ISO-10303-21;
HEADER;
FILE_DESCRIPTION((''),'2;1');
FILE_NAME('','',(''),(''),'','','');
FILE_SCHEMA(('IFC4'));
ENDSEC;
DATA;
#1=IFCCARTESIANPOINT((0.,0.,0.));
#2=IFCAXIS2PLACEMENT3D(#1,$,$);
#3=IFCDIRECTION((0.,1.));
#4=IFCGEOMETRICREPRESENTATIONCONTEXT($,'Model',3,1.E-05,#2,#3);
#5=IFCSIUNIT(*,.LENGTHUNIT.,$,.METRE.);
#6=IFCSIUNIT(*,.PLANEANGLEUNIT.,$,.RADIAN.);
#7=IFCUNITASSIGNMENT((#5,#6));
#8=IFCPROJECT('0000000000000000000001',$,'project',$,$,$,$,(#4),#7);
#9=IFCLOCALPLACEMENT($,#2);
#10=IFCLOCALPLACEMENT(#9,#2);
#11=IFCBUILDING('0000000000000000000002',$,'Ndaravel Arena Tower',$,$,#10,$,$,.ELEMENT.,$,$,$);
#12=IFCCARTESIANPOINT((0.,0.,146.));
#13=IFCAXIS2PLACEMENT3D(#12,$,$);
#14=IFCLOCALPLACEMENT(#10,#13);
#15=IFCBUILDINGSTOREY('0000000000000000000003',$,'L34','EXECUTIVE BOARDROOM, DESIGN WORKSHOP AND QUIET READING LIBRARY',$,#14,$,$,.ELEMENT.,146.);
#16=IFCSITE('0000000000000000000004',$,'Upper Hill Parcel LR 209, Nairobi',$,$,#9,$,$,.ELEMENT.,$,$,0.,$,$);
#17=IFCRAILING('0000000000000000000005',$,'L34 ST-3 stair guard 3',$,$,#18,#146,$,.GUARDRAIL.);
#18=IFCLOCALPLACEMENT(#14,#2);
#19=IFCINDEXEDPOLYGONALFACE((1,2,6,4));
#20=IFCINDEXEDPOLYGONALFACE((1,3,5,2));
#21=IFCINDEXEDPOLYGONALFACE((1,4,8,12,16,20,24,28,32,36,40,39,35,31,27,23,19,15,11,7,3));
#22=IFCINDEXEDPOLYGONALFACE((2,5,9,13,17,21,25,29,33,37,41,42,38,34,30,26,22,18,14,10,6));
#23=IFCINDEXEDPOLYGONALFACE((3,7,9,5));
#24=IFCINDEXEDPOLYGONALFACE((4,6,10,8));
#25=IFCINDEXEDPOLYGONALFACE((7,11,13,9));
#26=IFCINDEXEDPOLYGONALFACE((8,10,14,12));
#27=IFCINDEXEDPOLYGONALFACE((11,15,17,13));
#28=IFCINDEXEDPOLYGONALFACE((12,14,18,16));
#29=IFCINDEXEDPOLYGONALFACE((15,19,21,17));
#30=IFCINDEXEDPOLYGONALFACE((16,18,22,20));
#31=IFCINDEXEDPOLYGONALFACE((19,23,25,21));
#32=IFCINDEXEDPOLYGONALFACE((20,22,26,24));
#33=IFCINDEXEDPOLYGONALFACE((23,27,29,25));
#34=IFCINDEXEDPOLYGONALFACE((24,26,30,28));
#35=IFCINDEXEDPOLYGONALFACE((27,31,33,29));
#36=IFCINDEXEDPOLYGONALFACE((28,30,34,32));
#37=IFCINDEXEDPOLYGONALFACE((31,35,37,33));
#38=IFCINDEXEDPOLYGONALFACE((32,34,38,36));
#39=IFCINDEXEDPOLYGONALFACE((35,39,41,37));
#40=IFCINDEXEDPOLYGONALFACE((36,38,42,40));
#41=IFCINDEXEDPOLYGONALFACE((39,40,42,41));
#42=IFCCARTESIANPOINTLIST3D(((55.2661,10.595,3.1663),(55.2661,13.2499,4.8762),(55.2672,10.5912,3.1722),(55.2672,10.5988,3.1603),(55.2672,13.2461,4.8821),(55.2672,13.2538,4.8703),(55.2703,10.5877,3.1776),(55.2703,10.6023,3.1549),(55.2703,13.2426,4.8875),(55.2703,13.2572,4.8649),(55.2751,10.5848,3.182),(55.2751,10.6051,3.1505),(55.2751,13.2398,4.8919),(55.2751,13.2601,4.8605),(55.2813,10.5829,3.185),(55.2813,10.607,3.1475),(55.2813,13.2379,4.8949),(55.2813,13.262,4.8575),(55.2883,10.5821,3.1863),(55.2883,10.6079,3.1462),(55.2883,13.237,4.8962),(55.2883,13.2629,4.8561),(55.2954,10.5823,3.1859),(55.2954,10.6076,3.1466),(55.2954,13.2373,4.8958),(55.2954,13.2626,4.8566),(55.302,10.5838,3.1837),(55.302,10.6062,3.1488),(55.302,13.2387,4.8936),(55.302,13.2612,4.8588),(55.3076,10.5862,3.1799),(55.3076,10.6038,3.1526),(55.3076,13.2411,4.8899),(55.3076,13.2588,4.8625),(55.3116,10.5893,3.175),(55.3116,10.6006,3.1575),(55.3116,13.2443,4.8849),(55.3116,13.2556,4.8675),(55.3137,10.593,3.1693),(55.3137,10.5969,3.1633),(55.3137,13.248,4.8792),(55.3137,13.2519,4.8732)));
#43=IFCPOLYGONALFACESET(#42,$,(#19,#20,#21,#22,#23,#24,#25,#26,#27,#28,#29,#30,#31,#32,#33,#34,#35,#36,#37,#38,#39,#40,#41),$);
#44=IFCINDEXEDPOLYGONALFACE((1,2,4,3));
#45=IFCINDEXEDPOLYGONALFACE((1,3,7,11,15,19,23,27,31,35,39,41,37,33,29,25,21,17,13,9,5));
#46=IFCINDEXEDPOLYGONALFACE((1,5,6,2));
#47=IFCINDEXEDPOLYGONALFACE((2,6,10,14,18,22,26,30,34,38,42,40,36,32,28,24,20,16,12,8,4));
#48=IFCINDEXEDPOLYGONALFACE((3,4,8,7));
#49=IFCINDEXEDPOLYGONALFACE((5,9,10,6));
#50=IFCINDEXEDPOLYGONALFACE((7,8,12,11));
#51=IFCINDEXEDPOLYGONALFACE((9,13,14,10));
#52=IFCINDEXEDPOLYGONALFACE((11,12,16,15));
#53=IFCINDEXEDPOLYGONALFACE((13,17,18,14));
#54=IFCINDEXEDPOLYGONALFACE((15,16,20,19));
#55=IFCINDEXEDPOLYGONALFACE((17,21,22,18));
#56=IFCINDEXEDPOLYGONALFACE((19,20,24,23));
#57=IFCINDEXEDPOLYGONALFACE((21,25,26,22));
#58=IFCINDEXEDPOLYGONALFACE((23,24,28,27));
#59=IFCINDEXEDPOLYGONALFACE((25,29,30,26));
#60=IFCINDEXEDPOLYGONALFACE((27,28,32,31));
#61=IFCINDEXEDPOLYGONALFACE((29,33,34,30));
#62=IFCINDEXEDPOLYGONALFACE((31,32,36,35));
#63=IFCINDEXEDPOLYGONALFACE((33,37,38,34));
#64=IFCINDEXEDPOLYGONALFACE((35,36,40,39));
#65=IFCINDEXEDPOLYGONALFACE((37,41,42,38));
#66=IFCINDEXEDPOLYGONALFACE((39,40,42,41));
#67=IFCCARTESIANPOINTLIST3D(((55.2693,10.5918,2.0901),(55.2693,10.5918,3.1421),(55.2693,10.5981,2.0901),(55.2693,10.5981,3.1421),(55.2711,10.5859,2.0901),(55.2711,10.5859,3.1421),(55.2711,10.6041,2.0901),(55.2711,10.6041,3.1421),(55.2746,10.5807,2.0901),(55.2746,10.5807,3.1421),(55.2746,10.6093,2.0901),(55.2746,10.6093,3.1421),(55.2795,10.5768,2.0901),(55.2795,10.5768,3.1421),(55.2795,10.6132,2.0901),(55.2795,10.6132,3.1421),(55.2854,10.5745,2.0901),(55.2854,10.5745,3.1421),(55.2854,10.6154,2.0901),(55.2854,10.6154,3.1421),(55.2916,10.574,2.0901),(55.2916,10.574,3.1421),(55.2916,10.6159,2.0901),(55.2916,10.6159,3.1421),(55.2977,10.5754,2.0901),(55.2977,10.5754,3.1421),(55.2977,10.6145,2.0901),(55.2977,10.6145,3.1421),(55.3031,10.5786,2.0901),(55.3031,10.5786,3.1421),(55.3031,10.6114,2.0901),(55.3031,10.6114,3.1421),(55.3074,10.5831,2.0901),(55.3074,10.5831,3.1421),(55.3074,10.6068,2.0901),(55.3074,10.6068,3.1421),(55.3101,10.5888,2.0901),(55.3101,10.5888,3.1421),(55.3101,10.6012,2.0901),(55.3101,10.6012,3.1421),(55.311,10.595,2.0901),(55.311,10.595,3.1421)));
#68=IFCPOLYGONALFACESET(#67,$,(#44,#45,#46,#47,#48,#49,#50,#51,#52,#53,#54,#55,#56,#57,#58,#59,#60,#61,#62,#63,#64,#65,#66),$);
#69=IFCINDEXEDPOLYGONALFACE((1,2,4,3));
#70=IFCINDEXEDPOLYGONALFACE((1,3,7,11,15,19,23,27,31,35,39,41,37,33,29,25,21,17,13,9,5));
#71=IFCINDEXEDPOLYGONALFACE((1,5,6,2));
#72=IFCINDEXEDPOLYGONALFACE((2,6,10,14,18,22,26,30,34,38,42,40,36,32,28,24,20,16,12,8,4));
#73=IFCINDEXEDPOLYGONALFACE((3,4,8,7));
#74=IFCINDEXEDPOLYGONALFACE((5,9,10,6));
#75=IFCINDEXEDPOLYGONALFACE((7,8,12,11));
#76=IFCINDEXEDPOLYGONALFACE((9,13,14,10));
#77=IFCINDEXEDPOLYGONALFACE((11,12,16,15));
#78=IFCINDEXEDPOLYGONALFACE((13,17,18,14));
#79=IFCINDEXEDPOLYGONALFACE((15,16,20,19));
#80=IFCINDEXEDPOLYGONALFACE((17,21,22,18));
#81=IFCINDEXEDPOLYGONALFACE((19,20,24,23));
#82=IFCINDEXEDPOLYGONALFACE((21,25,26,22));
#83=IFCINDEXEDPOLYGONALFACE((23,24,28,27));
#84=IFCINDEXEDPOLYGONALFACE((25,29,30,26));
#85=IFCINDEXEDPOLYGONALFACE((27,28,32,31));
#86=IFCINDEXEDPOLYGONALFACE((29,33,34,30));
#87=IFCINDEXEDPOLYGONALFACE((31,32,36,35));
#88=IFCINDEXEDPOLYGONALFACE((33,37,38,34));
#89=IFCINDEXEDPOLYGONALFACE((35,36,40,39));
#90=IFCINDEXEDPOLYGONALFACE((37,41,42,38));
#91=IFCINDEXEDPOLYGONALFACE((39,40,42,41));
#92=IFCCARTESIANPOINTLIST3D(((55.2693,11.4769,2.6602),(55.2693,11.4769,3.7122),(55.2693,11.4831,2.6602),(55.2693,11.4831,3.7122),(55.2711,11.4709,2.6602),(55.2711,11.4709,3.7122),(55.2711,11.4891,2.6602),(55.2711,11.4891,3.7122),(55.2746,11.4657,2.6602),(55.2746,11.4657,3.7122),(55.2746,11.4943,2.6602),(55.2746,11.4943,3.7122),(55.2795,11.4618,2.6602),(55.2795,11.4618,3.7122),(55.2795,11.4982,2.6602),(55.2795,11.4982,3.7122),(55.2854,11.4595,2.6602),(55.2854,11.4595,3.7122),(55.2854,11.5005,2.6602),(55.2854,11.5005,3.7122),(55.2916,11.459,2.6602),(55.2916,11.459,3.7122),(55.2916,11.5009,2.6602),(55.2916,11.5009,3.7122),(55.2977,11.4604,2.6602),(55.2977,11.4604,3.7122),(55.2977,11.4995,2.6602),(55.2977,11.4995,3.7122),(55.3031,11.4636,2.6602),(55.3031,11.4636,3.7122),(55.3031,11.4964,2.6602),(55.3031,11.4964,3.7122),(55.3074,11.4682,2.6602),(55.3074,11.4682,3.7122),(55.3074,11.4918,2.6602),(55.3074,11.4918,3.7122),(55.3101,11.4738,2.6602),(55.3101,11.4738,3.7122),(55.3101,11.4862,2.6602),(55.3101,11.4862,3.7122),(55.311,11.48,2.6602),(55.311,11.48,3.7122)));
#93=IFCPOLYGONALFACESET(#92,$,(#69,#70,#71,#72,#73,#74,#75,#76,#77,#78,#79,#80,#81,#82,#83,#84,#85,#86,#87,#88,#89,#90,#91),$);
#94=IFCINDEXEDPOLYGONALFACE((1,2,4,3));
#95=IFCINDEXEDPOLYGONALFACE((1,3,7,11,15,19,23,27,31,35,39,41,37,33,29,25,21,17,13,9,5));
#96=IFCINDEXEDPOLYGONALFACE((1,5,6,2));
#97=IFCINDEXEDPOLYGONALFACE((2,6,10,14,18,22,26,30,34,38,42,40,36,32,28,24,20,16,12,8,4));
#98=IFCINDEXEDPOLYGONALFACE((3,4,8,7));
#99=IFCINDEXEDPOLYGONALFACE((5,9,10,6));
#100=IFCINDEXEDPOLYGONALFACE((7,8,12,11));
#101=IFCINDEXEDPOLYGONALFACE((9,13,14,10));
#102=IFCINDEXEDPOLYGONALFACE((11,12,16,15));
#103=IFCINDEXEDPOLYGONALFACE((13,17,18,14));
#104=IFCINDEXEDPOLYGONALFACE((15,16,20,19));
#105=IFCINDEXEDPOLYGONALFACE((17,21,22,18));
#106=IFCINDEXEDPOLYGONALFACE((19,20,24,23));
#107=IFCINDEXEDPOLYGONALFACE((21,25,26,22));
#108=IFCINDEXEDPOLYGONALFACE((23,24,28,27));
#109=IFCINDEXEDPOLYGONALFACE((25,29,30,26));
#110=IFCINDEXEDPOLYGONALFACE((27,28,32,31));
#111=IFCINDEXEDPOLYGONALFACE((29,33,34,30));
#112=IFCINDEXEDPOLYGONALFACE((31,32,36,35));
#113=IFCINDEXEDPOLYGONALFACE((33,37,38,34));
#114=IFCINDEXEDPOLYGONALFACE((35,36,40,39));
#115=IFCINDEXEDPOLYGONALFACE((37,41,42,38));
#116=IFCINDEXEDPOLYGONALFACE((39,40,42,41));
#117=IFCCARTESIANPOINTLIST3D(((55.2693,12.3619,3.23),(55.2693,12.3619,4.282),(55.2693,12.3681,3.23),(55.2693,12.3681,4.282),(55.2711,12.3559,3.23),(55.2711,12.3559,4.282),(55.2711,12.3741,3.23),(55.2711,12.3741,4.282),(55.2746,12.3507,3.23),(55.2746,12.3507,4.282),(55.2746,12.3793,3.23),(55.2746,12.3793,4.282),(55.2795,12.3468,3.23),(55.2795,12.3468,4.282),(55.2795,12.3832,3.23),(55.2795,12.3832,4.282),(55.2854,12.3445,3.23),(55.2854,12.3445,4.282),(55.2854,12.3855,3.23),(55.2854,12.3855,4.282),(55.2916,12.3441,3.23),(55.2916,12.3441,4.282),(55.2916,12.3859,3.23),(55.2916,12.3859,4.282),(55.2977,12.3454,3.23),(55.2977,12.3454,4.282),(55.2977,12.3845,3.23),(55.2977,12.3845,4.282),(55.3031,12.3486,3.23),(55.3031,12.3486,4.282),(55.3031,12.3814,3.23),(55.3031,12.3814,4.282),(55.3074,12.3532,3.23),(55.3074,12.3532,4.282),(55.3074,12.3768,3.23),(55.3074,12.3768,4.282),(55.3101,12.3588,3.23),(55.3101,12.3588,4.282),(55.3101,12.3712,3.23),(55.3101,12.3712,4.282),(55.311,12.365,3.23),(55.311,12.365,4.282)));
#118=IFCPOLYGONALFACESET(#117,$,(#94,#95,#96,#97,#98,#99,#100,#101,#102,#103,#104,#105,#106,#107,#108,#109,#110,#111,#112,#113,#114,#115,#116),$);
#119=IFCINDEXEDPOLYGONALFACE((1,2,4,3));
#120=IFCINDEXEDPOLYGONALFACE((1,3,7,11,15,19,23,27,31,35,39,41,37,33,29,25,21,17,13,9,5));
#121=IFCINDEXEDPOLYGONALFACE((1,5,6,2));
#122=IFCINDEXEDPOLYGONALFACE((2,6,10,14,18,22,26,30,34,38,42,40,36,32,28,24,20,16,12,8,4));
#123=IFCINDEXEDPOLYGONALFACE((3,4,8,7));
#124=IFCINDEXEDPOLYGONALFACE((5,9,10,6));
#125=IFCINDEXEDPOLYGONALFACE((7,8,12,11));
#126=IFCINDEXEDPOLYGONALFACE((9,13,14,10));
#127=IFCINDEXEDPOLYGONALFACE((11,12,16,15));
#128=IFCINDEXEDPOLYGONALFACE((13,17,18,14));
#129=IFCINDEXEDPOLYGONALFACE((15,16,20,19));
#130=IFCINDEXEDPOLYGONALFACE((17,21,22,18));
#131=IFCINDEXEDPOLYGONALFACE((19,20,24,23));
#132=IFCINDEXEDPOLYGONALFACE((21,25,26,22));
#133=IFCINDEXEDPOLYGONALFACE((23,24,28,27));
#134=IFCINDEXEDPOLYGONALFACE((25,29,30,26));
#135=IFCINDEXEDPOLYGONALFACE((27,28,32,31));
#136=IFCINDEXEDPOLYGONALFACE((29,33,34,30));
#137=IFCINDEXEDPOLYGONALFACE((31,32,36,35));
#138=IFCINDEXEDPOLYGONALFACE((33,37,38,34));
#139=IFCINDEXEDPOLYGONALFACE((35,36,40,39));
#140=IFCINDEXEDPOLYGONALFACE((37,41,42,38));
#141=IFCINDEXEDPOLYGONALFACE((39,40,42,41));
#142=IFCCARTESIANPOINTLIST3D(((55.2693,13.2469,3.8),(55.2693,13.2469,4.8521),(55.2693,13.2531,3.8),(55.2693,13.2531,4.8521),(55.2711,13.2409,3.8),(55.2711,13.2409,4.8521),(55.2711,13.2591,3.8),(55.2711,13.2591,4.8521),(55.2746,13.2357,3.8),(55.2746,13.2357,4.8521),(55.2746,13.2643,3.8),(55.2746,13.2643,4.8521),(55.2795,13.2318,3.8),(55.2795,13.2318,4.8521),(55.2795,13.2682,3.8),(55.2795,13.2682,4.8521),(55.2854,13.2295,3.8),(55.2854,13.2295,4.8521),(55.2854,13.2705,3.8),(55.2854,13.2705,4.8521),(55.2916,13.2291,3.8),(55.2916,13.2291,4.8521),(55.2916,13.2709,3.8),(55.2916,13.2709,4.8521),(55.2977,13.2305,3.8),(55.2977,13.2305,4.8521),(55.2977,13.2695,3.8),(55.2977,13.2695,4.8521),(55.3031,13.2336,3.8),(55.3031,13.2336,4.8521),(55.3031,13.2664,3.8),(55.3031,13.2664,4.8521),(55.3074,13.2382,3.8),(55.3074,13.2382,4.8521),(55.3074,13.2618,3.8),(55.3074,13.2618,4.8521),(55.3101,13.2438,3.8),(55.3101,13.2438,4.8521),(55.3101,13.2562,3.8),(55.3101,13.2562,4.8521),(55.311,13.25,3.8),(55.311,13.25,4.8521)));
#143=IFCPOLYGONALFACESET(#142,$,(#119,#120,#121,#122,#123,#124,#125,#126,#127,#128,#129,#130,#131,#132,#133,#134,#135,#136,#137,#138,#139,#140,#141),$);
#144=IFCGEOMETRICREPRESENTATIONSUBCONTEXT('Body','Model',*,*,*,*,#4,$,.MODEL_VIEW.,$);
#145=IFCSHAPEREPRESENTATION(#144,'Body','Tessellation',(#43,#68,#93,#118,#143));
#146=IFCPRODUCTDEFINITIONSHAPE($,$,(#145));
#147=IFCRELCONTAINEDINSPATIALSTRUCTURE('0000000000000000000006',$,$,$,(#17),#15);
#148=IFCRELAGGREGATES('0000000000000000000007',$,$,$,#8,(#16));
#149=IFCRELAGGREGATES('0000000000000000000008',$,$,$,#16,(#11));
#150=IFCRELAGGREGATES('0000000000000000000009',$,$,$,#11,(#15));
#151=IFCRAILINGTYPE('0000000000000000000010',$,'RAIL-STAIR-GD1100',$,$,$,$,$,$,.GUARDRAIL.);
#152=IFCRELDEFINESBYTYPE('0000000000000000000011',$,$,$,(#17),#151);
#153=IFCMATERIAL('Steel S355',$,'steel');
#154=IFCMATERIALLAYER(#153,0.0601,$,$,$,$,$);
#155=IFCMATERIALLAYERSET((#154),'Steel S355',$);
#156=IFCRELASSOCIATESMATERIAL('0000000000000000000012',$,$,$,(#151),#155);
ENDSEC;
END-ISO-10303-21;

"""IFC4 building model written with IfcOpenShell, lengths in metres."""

from ifc_helpers import new_model, si_unit, direction, frame, origin, origin_2d, place, context, subcontext, project, spatial, circle, extrude, material, layer, layer_set, type_object, element, save


model = new_model("IFC4")

# Units and contexts
model_context = context("Model", 3, precision=1e-05, world=origin(), true_north=direction((0.0, 1.0)))
body_context = subcontext(model_context, "Body", "Model", "MODEL_VIEW")
ifc_project = project(units=[si_unit("LENGTHUNIT", "METRE"), si_unit("PLANEANGLEUNIT", "RADIAN")], contexts=[model_context])

# Site, building, storey
site_placement = place(None, origin())
site = spatial("IfcSite", under=ifc_project, at=site_placement, Name="Upper Hill Parcel LR 209, Nairobi", CompositionType="ELEMENT", RefElevation=0.0)
building_placement = place(site_placement, origin())
building = spatial("IfcBuilding", under=site, at=building_placement, Name="Ndaravel Arena Tower", CompositionType="ELEMENT")
storey_placement = place(building_placement, frame((0.0, 0.0, 146.0)))
storey = spatial("IfcBuildingStorey", under=building, at=storey_placement, Name="L34", Description="EXECUTIVE BOARDROOM, DESIGN WORKSHOP AND QUIET READING LIBRARY", CompositionType="ELEMENT", Elevation=146.0)

# Railing
ifc_material_1 = material(Name="Steel S355", Category="steel")
ifc_layer_1 = layer(ifc_material_1, 0.0601)
ifc_layer_set_1 = layer_set([ifc_layer_1], Name="Steel S355")
railing_type_1 = type_object("IfcRailingType", Name="RAIL-STAIR-GD1100", PredefinedType="GUARDRAIL", material=ifc_layer_set_1)
railing_1_placement = place(storey_placement, frame((55.29, 10.595, 2.0901)))
element("IfcRailing", 1, at=railing_1_placement, inside=storey, type_object=railing_type_1, Name="L34 ST-3 stair guard 3", PredefinedType="GUARDRAIL", context=body_context, shape_type="SweptSolid", body=[
    extrude(circle(Radius=0.0239, at=origin_2d()), frame((0.0, 0.0, 1.0762), z_axis=(0.0, 0.840724, 0.541465), x_axis=(-1.0, 0.0, 0.0)), (0.0, 0.0, 1.0), 3.158),
    extrude(circle(Radius=0.021, at=origin_2d()), origin(), (0.0, 0.0, 1.0), 1.052),
    extrude(circle(Radius=0.021, at=origin_2d()), frame((0.0, 0.885, 0.5701)), (0.0, 0.0, 1.0), 1.052),
    extrude(circle(Radius=0.021, at=origin_2d()), frame((0.0, 1.77, 1.1399)), (0.0, 0.0, 1.0), 1.052),
    extrude(circle(Radius=0.021, at=origin_2d()), frame((0.0, 2.655, 1.71)), (0.0, 0.0, 1.0), 1.052),
])

save(model, "model.ifc")
